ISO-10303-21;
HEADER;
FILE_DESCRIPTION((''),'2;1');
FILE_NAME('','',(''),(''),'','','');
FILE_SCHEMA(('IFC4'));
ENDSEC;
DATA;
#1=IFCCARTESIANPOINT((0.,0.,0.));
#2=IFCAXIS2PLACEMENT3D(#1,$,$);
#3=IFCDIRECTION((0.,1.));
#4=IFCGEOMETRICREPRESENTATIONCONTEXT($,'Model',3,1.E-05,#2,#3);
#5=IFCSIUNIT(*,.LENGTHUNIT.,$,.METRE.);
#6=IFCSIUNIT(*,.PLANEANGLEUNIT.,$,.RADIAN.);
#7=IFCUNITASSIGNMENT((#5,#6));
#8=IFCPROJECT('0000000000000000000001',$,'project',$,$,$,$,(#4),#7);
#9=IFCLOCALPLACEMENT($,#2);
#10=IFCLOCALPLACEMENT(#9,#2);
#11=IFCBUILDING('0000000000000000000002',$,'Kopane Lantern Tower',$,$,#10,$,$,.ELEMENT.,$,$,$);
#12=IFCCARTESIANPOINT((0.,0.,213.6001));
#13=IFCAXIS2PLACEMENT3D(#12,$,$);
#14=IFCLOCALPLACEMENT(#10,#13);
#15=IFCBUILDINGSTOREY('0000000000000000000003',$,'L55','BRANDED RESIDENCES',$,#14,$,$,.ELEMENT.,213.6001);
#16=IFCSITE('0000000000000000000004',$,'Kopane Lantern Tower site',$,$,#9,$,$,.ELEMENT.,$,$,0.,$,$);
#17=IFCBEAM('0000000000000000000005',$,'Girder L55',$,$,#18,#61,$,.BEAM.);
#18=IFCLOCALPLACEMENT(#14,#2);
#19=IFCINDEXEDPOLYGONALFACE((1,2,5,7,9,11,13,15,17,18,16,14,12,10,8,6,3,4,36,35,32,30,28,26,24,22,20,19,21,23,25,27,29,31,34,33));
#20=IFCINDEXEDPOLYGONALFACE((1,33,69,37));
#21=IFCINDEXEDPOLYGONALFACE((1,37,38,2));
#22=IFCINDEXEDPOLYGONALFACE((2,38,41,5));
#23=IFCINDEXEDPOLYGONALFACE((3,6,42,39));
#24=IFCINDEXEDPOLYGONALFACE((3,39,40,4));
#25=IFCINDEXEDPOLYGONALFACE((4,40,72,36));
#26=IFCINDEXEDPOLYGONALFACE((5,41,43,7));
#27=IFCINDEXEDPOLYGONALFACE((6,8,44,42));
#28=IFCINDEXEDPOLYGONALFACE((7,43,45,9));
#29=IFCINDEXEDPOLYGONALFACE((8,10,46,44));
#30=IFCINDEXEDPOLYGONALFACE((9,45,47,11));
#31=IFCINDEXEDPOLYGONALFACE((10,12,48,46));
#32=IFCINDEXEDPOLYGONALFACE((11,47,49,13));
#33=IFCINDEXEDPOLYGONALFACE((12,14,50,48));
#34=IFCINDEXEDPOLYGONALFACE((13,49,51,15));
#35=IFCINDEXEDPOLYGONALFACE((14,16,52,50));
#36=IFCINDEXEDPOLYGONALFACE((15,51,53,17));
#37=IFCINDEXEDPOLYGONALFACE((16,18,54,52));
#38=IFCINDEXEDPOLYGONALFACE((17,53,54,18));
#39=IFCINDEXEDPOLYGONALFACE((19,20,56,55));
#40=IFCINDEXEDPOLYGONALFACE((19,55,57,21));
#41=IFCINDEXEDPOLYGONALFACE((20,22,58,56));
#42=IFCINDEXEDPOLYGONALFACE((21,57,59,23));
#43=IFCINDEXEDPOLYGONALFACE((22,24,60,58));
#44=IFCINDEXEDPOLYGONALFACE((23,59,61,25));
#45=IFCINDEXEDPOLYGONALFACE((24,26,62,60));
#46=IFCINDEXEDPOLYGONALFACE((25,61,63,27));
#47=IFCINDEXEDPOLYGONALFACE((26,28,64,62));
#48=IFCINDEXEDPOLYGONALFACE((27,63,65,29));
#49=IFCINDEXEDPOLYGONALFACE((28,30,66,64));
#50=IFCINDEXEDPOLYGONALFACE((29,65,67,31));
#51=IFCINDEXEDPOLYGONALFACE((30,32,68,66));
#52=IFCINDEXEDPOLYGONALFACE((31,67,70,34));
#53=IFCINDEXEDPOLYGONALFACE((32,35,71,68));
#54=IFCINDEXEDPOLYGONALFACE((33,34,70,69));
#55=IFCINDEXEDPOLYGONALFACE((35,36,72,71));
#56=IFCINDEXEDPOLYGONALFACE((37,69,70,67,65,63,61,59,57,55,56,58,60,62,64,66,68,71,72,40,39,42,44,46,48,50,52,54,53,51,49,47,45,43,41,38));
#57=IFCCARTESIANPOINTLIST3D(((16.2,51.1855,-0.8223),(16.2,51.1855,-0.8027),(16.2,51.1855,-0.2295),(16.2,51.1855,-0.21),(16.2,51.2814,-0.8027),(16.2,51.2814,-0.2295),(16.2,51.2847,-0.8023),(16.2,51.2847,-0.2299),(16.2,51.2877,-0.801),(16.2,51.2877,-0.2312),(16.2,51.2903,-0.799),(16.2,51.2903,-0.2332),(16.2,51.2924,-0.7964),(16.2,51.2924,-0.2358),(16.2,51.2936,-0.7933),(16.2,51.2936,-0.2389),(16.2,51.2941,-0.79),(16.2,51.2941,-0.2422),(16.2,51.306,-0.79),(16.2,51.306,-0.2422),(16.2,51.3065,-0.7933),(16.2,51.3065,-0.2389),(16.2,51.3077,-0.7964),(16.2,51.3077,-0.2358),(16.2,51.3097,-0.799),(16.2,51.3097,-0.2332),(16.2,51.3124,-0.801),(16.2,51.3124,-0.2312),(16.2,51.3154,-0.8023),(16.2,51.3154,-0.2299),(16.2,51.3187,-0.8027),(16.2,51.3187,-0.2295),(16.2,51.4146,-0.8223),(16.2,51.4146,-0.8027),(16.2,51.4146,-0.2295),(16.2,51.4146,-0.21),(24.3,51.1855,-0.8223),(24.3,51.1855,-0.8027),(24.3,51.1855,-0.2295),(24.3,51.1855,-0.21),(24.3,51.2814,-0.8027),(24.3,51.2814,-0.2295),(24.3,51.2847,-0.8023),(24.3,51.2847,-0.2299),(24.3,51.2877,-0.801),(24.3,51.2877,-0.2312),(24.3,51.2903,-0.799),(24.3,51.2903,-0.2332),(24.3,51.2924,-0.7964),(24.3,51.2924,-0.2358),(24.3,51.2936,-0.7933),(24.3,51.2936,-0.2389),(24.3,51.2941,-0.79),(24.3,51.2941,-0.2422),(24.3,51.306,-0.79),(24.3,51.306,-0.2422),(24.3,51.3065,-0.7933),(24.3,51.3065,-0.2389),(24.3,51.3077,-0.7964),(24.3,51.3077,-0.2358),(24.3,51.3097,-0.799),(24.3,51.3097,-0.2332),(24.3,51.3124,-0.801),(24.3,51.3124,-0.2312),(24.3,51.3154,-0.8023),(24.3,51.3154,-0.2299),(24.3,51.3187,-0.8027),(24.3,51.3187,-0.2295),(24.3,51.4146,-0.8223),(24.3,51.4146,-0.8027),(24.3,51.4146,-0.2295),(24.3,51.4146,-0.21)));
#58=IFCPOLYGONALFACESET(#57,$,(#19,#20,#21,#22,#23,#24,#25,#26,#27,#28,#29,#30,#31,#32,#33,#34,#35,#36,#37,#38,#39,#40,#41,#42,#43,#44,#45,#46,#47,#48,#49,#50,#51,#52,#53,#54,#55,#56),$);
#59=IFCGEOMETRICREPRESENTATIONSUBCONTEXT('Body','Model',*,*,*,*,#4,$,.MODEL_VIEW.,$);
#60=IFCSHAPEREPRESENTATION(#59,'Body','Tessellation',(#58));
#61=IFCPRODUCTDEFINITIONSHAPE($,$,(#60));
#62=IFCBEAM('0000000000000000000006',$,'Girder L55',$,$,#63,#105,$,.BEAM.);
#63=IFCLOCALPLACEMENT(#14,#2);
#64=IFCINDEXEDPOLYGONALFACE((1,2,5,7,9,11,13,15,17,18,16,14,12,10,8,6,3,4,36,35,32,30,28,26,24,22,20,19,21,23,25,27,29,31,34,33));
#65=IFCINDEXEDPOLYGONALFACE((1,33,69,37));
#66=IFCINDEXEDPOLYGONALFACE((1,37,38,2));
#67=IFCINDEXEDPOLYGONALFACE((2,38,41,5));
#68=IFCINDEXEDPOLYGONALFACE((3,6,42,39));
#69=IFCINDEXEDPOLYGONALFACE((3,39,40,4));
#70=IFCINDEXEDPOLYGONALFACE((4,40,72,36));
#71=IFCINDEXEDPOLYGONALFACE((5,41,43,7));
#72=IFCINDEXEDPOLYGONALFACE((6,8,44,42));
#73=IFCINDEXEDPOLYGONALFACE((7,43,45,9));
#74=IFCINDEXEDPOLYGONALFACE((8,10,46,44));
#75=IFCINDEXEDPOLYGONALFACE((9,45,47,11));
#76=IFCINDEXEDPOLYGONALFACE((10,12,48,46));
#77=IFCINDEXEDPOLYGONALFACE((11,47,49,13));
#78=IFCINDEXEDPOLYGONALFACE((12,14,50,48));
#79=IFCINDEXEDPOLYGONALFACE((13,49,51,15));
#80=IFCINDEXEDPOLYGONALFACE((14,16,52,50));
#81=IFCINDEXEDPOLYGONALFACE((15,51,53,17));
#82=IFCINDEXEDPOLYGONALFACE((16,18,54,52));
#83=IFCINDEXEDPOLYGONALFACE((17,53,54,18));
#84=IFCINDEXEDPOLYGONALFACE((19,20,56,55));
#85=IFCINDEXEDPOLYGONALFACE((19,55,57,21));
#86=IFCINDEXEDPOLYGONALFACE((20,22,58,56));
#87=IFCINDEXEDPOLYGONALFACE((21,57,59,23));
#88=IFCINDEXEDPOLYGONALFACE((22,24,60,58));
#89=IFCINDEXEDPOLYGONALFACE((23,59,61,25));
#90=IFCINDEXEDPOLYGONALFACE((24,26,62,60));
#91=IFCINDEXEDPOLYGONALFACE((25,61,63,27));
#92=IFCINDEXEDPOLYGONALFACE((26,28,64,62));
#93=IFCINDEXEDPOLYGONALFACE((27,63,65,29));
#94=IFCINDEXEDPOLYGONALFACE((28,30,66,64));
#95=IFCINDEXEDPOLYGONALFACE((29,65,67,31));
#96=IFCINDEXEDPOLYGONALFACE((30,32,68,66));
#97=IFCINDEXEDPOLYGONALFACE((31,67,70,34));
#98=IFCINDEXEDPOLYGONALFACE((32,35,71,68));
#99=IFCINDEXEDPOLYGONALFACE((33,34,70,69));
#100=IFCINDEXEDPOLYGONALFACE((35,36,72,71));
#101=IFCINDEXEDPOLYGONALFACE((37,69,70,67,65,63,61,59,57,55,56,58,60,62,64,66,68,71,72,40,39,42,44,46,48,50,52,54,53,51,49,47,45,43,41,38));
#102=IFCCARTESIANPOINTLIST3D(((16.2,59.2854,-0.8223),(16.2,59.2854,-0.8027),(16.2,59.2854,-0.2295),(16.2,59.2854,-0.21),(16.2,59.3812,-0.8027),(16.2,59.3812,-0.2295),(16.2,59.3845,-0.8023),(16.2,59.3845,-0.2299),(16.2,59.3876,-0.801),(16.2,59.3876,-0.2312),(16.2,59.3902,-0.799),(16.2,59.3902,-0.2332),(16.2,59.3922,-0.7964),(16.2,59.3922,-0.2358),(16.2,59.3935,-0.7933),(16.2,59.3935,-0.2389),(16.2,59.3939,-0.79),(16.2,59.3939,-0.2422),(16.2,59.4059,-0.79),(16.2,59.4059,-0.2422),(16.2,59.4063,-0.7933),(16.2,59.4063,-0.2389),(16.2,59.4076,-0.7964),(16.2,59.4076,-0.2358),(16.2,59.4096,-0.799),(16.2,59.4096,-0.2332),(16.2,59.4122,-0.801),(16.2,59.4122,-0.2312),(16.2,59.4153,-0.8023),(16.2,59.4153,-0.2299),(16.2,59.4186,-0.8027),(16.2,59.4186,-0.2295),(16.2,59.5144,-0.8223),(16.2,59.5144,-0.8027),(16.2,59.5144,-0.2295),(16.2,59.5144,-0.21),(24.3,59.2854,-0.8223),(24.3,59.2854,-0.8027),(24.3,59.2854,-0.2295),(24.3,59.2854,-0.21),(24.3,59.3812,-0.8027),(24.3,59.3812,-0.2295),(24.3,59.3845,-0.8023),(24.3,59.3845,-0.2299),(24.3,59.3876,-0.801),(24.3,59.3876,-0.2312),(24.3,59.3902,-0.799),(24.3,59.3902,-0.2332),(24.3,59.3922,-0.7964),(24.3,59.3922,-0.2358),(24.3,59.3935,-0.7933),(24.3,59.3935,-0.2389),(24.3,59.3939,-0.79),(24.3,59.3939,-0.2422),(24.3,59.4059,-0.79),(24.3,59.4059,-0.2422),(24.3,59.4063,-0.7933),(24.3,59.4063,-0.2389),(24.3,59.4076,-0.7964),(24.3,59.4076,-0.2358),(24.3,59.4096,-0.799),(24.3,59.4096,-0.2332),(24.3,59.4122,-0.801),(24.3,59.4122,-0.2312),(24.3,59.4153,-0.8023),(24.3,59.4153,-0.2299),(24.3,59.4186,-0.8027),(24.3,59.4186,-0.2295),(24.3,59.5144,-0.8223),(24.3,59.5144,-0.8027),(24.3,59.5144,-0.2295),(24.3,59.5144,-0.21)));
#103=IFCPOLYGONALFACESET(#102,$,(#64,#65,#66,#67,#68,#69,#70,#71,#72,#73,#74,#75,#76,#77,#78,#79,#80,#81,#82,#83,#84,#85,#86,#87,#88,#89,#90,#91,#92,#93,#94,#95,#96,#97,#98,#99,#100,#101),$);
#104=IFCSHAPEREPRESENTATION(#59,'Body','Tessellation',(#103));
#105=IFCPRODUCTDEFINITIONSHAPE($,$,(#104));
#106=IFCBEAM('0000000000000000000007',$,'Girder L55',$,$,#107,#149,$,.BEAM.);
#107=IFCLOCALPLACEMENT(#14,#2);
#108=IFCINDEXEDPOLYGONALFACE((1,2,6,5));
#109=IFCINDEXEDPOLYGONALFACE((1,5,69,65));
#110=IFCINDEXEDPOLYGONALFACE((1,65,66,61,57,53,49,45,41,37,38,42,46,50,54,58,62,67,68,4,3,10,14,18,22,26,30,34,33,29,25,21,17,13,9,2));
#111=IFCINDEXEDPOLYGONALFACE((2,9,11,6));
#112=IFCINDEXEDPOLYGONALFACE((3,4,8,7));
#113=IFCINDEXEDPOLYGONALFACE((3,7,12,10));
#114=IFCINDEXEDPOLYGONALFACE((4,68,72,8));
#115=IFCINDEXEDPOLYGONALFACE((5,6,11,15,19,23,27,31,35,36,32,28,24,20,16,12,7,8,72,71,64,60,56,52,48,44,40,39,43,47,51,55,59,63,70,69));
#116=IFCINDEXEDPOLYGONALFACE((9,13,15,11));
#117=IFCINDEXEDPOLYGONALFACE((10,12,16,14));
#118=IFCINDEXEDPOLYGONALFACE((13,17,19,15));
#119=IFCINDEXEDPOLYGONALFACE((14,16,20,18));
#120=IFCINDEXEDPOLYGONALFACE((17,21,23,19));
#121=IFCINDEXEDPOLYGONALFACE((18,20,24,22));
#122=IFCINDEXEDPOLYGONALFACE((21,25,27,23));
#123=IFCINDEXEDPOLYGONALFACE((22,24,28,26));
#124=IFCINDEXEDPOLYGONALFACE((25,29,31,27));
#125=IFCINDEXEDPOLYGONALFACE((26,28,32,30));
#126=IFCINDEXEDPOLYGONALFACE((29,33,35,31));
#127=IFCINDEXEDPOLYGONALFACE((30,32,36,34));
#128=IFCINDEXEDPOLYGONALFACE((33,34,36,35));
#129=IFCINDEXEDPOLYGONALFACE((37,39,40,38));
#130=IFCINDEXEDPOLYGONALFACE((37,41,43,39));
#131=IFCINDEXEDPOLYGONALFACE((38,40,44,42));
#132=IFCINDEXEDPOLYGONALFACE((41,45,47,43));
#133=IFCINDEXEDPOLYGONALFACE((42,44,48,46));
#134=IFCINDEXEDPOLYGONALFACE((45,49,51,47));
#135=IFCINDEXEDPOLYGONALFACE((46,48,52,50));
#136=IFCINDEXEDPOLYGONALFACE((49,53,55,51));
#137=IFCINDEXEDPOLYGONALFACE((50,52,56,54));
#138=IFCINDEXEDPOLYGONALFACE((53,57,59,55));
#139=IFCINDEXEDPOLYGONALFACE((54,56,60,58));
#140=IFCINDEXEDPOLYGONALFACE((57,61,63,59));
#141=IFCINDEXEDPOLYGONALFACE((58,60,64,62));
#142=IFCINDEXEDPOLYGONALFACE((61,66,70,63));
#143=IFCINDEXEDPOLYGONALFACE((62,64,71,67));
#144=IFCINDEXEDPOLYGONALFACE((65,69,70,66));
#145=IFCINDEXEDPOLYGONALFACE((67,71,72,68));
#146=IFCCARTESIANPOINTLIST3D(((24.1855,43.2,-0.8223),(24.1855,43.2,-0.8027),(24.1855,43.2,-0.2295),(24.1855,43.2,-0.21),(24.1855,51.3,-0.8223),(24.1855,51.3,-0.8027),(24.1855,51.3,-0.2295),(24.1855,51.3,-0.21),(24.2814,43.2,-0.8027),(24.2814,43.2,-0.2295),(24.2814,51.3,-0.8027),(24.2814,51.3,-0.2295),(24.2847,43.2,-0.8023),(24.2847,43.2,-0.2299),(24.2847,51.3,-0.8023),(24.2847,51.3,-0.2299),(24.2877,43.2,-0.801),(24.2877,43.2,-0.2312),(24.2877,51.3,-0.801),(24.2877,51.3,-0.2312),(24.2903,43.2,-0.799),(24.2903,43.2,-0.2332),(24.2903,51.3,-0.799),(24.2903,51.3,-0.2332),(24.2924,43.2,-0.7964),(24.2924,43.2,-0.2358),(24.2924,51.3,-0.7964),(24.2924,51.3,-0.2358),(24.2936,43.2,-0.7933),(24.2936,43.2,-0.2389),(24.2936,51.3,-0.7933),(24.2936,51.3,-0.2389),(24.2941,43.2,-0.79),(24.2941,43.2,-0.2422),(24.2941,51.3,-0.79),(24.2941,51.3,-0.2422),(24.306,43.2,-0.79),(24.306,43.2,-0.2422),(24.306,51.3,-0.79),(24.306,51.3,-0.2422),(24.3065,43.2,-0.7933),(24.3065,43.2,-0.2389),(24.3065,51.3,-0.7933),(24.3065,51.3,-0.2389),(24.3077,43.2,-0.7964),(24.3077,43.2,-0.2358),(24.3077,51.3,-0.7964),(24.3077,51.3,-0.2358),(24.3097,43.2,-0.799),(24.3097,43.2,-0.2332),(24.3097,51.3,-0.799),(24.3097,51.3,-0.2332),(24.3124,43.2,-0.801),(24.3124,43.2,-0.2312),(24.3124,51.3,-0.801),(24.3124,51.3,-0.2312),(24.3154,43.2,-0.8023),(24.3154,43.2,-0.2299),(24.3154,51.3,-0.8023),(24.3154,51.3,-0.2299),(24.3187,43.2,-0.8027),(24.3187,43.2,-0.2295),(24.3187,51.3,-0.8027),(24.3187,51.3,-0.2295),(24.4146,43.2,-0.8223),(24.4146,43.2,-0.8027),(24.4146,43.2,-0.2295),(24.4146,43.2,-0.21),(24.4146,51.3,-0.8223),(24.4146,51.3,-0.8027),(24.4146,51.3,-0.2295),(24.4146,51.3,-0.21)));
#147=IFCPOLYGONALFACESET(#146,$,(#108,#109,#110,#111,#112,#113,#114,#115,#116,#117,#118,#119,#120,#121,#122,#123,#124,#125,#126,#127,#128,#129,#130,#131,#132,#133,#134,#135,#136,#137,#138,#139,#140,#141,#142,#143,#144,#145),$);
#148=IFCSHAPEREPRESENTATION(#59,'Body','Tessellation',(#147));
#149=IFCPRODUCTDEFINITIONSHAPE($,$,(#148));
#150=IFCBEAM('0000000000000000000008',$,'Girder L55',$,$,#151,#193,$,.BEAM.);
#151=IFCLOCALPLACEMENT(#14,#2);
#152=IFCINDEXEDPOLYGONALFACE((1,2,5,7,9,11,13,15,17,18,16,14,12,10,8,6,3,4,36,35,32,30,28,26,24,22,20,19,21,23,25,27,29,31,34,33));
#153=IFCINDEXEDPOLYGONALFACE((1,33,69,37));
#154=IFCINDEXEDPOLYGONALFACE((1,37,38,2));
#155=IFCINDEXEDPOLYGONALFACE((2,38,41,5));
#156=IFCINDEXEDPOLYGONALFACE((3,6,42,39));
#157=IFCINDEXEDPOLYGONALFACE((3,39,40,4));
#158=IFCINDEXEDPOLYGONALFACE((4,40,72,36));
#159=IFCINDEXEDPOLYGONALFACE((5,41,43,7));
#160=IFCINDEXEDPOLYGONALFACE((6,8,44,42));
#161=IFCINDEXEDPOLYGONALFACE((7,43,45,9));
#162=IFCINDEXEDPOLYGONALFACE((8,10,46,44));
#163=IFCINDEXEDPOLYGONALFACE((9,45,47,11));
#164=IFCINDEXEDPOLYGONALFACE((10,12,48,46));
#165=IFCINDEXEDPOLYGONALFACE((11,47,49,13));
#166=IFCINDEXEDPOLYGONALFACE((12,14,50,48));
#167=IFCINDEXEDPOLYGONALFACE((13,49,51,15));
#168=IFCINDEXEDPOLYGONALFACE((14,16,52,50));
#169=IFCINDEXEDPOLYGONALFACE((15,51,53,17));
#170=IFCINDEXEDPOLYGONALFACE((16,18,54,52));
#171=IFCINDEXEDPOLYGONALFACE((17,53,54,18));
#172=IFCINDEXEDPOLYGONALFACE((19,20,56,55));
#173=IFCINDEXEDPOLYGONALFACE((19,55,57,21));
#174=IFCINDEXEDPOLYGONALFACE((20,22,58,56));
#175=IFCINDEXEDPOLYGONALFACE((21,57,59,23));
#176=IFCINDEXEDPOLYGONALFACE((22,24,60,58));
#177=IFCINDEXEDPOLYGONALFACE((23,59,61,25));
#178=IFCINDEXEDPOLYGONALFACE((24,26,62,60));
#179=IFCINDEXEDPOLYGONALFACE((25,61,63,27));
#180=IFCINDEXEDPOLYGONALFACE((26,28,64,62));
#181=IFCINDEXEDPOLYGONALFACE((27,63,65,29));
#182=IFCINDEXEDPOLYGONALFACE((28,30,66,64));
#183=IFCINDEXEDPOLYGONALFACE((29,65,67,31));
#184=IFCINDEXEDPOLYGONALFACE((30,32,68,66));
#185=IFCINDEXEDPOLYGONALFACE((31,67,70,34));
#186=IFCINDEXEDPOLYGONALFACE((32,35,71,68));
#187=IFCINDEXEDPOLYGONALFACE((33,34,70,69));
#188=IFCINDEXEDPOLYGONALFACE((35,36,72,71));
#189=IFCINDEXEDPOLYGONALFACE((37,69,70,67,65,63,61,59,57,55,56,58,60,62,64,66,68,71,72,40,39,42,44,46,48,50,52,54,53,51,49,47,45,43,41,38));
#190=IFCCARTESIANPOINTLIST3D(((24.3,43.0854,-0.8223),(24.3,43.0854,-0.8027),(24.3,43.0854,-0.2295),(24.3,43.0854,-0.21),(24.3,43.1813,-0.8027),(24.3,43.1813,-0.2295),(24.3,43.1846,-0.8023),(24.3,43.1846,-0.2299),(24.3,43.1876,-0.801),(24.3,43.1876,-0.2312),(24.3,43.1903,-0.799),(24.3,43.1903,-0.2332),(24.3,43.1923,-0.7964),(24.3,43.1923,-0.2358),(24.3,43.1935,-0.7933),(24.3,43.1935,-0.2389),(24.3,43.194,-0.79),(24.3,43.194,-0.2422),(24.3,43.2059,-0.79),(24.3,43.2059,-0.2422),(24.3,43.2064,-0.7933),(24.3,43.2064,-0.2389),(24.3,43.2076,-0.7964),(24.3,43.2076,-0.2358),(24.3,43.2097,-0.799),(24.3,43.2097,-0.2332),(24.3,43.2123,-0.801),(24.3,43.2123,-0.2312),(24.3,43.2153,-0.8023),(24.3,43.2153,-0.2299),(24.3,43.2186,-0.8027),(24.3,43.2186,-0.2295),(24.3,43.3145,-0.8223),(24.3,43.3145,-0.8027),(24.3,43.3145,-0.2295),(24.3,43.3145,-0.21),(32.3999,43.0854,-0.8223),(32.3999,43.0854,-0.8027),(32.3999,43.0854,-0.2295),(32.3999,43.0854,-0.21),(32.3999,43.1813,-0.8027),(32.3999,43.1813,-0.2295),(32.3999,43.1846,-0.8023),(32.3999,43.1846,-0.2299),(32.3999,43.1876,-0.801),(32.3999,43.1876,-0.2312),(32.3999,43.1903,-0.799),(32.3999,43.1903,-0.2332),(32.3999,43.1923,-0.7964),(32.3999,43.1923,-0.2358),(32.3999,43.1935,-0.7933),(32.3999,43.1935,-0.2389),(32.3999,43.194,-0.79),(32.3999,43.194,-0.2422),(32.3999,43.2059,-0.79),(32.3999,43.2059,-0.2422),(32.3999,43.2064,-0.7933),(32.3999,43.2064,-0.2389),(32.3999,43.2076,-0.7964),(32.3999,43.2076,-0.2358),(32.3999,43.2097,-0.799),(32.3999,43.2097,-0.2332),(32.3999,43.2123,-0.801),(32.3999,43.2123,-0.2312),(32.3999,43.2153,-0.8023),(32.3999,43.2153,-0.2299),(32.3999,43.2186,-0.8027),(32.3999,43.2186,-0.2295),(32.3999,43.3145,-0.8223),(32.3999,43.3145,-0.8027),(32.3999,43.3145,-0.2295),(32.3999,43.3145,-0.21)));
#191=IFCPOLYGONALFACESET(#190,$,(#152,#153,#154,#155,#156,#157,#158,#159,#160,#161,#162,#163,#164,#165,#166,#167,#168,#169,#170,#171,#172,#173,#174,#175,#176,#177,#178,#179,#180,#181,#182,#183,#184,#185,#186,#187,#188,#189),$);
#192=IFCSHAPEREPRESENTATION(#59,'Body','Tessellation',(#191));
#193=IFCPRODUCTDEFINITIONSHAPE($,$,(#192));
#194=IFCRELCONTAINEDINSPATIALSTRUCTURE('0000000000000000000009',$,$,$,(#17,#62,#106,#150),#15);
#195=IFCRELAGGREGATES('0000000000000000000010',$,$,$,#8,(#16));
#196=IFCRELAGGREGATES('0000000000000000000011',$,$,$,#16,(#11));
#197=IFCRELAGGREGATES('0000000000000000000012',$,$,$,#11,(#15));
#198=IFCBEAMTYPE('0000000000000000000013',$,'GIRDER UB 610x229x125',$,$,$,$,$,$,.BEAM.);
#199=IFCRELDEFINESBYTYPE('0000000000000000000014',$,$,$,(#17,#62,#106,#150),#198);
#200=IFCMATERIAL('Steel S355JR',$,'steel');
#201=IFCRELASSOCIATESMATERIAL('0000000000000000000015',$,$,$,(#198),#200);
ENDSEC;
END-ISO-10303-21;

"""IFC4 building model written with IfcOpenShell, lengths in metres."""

from ifc_helpers import new_model, si_unit, direction, frame, origin, origin_2d, place, context, subcontext, project, spatial, i_section, extrude, material, material_profile, profile_set, type_object, element, save


model = new_model("IFC4")

# Units and contexts
model_context = context("Model", 3, precision=1e-05, world=origin(), true_north=direction((0.0, 1.0)))
body_context = subcontext(model_context, "Body", "Model", "MODEL_VIEW")
ifc_project = project(units=[si_unit("LENGTHUNIT", "METRE"), si_unit("PLANEANGLEUNIT", "RADIAN")], contexts=[model_context])

# Site, building, storey
site_placement = place(None, origin())
site = spatial("IfcSite", under=ifc_project, at=site_placement, Name="Kopane Lantern Tower site", CompositionType="ELEMENT", RefElevation=0.0)
building_placement = place(site_placement, origin())
building = spatial("IfcBuilding", under=site, at=building_placement, Name="Kopane Lantern Tower", CompositionType="ELEMENT")
storey_placement = place(building_placement, frame((0.0, 0.0, 213.6001)))
storey = spatial("IfcBuildingStorey", under=building, at=storey_placement, Name="L55", Description="BRANDED RESIDENCES", CompositionType="ELEMENT", Elevation=213.6001)

# Beams
ifc_material_1 = material(Name="Steel S355JR", Category="steel")
ifc_material_profile_1 = material_profile(ifc_material_1, i_section(OverallWidth=0.229, OverallDepth=0.6123, WebThickness=0.012, FlangeThickness=0.0195, FilletRadius=0.0127, at=origin_2d()), Name="UB 610x229x125")
ifc_profile_set_1 = profile_set([ifc_material_profile_1], Name="Steel S355JR")
beam_type = type_object("IfcBeamType", Name="GIRDER UB 610x229x125", PredefinedType="BEAM", material=ifc_profile_set_1)
for number, where, z_axis, x_axis, name in (
    (1, (16.2, 51.3, -0.5161), (1.0, 0.0, 0.0), (0.0, 1.0, 0.0), "Girder L55"),
    (2, (16.2, 59.3999, -0.5161), (1.0, 0.0, 0.0), (0.0, 1.0, 0.0), "Girder L55"),
    (3, (24.3, 43.2, -0.5161), (0.0, 1.0, 0.0), (-1.0, 0.0, 0.0), "Girder L55"),
):
    element("IfcBeam", number, at=place(storey_placement, frame(where, z_axis=z_axis, x_axis=x_axis)), inside=storey, type_object=beam_type, Name=name, PredefinedType="BEAM", context=body_context, shape_type="SweptSolid", body=[
        extrude(i_section(OverallWidth=0.229, OverallDepth=0.6123, WebThickness=0.012, FlangeThickness=0.0195, FilletRadius=0.0127, at=origin_2d()), origin(), (0.0, 0.0, 1.0), 8.1001),
    ])
for number, where, z_axis, x_axis, name in (
    (4, (24.3, 43.2, -0.5161), (1.0, 0.0, 0.0), (0.0, 1.0, 0.0), "Girder L55"),
):
    element("IfcBeam", number, at=place(storey_placement, frame(where, z_axis=z_axis, x_axis=x_axis)), inside=storey, type_object=beam_type, Name=name, PredefinedType="BEAM", context=body_context, shape_type="SweptSolid", body=[
        extrude(i_section(OverallWidth=0.229, OverallDepth=0.6123, WebThickness=0.012, FlangeThickness=0.0195, FilletRadius=0.0127, at=origin_2d()), origin(), (0.0, 0.0, 1.0), 8.0999),
    ])

save(model, "model.ifc")
